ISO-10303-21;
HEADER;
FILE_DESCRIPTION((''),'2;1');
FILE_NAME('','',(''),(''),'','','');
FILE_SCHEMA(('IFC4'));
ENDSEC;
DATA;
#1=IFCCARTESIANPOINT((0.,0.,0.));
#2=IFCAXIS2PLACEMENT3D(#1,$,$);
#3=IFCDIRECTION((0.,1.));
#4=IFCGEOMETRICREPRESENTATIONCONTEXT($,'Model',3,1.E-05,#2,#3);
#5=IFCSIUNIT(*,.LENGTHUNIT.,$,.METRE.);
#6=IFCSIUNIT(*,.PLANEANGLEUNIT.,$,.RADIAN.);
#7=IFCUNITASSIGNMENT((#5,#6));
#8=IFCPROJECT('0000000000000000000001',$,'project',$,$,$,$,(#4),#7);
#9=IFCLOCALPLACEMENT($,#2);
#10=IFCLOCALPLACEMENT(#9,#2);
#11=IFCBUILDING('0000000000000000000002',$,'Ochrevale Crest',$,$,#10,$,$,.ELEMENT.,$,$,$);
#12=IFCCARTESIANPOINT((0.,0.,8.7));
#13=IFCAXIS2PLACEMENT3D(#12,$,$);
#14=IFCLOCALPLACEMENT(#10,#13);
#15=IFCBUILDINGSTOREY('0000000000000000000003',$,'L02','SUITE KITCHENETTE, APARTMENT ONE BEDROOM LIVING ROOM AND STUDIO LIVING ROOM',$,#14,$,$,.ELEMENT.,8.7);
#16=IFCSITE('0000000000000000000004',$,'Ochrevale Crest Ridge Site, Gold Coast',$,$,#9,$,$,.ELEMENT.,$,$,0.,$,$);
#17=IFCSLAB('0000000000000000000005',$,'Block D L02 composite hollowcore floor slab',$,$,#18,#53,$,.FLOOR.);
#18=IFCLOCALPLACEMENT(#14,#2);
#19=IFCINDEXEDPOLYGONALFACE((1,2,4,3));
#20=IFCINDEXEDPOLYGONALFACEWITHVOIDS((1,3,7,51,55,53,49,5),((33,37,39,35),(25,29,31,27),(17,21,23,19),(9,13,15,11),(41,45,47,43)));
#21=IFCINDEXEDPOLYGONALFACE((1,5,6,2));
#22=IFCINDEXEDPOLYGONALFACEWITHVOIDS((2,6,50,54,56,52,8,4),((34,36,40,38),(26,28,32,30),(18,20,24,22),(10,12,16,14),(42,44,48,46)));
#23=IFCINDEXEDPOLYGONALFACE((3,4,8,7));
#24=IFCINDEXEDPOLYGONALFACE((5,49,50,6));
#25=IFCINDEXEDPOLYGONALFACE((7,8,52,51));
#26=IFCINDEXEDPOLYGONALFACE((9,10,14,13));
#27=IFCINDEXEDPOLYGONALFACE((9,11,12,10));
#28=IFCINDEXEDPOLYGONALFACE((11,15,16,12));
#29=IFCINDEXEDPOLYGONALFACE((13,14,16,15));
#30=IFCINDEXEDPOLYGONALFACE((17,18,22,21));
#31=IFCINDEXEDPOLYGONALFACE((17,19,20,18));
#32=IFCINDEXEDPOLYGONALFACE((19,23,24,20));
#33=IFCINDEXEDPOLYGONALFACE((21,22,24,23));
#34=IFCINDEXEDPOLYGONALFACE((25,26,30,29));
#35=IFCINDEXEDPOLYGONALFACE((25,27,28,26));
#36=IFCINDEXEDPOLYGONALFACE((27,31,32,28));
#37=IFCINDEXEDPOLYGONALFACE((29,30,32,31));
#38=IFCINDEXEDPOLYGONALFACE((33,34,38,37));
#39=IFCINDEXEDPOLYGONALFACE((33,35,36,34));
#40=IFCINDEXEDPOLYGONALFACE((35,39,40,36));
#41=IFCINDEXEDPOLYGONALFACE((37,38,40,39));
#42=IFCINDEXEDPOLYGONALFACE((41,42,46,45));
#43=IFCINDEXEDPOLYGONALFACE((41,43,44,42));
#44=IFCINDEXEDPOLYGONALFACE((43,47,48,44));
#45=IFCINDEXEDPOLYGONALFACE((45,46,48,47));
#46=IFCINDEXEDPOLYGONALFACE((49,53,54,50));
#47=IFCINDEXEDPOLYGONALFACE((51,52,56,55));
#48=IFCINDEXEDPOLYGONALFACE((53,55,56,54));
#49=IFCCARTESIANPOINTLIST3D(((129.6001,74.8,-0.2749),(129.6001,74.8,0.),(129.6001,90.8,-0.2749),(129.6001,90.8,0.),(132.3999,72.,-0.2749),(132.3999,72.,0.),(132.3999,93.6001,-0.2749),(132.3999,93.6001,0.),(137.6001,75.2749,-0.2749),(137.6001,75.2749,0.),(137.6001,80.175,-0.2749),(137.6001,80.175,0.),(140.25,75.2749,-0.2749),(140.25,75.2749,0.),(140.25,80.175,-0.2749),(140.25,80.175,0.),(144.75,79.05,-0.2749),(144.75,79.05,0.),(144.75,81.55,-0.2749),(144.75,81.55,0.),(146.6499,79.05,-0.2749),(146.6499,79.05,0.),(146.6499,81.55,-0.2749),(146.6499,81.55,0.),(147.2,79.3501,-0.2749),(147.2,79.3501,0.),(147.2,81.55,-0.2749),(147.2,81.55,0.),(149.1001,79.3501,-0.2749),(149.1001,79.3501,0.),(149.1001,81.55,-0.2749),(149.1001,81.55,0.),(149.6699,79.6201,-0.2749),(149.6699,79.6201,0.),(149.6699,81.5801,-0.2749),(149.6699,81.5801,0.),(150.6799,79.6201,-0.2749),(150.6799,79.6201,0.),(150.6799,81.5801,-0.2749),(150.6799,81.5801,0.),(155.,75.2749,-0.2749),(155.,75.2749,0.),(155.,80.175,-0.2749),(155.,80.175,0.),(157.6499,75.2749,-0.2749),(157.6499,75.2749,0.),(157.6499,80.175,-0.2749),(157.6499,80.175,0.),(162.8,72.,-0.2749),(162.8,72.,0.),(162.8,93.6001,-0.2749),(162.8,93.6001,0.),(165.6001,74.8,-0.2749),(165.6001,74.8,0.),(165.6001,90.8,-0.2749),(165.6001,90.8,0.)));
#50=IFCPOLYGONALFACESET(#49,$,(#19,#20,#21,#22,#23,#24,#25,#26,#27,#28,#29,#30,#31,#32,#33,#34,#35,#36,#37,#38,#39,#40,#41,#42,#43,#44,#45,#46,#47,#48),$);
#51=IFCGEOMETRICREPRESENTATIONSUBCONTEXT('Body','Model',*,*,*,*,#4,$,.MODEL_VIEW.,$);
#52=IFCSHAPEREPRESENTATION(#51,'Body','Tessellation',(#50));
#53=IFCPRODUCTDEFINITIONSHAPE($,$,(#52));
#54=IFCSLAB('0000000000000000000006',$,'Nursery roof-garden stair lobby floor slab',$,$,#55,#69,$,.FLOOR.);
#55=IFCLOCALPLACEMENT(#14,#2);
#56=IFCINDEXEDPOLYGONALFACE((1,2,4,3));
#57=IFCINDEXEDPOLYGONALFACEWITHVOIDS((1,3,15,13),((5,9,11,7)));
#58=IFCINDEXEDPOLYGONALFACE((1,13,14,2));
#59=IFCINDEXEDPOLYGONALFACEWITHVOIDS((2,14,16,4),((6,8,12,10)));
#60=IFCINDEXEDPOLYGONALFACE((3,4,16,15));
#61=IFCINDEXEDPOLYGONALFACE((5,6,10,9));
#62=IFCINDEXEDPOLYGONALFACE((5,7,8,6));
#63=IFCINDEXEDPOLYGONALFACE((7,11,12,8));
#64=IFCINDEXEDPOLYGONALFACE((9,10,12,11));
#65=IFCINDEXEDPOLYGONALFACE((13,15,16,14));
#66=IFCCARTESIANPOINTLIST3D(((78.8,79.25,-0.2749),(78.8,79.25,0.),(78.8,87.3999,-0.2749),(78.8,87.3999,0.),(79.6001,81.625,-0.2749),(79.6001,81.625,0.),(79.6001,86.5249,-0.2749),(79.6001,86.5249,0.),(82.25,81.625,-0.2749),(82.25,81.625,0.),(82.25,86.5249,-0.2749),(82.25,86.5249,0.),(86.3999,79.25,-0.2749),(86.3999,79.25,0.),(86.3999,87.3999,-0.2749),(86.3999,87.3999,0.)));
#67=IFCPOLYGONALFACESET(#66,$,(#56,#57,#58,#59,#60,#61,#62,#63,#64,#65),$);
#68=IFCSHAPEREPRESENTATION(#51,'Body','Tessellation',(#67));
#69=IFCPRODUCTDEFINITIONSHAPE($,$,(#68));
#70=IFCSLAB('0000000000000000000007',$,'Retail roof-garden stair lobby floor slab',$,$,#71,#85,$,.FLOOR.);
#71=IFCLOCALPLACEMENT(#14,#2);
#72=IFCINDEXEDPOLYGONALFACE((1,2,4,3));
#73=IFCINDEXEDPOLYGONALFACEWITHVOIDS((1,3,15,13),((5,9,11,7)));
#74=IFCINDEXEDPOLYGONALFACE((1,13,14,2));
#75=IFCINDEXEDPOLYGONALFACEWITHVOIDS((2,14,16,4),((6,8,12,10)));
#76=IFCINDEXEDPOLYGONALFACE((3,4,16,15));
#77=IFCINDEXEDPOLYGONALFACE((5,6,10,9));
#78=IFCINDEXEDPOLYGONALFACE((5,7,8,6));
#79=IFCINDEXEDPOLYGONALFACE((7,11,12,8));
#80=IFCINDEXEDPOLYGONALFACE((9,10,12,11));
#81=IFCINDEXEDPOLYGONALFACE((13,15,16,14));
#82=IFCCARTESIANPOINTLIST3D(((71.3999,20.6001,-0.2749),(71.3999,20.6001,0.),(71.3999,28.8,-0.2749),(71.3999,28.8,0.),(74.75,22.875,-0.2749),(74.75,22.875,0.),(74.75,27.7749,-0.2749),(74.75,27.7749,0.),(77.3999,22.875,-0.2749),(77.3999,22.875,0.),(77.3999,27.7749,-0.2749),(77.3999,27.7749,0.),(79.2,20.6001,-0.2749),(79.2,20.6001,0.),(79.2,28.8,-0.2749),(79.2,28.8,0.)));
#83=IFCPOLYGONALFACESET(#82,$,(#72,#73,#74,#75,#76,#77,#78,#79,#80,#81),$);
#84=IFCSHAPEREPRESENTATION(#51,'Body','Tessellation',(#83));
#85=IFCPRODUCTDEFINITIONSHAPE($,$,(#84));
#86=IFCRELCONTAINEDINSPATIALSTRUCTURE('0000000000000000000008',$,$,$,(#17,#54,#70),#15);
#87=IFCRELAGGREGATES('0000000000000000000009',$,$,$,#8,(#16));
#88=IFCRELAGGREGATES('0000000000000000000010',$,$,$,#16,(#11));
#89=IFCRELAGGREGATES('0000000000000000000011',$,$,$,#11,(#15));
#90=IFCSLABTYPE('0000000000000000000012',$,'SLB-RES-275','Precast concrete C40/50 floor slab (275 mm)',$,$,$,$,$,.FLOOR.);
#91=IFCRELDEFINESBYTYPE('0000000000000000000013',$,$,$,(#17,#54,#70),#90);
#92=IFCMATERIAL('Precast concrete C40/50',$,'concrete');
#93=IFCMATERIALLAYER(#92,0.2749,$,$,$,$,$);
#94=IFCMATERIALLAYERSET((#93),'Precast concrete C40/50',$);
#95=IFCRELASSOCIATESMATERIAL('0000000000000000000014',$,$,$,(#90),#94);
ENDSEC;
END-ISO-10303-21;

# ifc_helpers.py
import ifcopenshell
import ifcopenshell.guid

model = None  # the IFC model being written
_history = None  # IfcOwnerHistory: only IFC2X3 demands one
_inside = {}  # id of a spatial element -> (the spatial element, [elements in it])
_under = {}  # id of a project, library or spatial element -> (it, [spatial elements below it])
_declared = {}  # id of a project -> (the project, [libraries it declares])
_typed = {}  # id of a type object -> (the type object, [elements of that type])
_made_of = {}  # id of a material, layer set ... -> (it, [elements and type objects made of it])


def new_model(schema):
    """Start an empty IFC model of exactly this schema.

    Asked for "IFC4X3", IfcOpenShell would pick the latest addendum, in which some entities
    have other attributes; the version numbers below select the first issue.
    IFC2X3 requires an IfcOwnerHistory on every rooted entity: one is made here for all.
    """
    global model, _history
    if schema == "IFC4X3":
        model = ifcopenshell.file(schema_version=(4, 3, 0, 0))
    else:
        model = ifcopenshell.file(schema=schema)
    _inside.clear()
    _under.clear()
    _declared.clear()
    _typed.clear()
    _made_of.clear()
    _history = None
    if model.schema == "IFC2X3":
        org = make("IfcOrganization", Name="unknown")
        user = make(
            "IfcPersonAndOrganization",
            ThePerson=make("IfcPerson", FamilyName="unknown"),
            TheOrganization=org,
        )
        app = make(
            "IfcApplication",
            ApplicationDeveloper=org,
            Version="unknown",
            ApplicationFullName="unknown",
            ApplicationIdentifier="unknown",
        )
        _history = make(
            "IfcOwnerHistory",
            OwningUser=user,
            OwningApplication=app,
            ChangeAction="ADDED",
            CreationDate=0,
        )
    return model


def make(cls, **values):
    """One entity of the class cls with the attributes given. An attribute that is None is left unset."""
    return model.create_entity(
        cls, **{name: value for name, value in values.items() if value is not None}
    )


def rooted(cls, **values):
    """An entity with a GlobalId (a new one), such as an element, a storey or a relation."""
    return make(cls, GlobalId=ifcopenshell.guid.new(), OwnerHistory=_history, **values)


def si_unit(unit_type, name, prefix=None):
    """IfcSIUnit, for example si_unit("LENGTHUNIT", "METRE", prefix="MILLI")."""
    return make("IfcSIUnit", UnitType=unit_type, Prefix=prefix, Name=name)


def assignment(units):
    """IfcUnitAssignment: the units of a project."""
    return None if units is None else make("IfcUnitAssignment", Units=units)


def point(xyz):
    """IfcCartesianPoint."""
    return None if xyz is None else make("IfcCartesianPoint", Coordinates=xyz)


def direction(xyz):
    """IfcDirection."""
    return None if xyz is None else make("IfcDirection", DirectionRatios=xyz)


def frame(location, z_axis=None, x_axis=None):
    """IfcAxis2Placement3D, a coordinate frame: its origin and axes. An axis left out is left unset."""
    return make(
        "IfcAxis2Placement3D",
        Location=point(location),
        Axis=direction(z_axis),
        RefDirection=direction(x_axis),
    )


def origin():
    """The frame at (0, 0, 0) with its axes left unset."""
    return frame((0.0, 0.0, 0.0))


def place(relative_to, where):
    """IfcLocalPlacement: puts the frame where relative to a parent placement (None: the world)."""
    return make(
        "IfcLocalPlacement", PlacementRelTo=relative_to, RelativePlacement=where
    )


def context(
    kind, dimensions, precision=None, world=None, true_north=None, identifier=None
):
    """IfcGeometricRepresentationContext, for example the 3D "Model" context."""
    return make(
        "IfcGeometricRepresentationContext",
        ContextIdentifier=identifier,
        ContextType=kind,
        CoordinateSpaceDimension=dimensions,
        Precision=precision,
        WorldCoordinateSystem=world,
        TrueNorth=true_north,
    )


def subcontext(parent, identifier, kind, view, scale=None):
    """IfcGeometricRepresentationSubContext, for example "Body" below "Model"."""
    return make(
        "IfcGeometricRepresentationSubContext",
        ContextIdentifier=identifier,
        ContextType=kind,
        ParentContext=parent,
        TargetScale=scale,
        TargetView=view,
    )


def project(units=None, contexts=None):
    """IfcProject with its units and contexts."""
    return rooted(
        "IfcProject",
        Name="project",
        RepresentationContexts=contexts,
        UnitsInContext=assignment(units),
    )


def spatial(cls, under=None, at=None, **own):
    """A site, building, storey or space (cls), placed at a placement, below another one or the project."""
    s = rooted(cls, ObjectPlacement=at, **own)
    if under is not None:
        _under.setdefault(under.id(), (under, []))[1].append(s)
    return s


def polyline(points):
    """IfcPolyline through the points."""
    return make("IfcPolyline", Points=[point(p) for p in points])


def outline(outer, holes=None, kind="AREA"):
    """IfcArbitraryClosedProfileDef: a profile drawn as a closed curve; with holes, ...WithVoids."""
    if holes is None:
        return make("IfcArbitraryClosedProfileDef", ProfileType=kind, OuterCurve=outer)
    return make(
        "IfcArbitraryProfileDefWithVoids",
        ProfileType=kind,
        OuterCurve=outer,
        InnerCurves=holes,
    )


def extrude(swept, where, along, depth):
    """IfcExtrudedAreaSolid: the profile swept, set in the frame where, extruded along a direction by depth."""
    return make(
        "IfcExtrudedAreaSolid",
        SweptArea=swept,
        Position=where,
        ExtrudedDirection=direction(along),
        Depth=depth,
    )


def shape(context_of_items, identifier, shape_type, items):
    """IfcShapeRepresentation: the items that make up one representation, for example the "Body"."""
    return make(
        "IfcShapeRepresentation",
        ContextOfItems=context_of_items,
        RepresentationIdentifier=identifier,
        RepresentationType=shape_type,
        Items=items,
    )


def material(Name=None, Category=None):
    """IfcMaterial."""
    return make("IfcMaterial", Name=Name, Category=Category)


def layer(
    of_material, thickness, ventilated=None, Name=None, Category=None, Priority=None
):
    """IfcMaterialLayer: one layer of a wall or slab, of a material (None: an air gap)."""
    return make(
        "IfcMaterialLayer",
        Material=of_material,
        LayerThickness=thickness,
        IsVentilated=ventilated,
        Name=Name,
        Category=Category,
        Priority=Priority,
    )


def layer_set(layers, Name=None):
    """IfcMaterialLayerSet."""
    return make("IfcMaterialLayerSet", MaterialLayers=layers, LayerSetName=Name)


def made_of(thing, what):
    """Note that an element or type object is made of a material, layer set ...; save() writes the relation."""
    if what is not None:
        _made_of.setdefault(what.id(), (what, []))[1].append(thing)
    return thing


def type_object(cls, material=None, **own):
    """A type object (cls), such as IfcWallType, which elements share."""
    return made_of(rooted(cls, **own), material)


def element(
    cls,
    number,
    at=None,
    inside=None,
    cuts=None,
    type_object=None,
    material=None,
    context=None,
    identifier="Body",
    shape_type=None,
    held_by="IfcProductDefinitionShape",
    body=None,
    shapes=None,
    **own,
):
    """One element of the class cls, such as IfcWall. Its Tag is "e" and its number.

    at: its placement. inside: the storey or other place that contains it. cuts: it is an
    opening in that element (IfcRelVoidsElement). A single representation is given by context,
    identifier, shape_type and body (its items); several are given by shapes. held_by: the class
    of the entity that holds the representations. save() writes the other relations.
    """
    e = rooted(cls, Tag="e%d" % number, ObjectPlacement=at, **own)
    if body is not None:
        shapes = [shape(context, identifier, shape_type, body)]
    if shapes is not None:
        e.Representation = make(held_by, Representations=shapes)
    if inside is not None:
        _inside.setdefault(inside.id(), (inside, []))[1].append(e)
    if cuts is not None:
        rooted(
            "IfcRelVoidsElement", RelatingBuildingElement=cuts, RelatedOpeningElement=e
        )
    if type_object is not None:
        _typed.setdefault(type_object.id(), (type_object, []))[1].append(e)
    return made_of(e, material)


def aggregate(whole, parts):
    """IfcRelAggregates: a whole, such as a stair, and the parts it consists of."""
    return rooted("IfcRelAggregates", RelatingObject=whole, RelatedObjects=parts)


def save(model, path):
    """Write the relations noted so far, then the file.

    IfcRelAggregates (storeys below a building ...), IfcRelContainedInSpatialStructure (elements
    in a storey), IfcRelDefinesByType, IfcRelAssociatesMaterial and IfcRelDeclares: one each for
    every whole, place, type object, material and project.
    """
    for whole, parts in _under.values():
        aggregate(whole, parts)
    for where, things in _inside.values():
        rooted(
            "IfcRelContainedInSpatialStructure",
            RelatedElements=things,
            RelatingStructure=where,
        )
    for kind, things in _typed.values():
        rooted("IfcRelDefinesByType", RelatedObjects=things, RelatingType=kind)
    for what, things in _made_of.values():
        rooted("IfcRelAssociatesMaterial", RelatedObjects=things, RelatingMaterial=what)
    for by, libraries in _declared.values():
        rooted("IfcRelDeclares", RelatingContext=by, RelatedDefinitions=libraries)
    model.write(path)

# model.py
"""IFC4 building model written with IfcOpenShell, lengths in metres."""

from ifc_helpers import new_model, si_unit, direction, frame, origin, place, context, subcontext, project, spatial, polyline, outline, extrude, material, layer, layer_set, type_object, element, save


model = new_model("IFC4")

# Units and contexts
model_context = context("Model", 3, precision=1e-05, world=origin(), true_north=direction((0.0, 1.0)))
body_context = subcontext(model_context, "Body", "Model", "MODEL_VIEW")
ifc_project = project(units=[si_unit("LENGTHUNIT", "METRE"), si_unit("PLANEANGLEUNIT", "RADIAN")], contexts=[model_context])

# Site, building, storey
site_placement = place(None, origin())
site = spatial("IfcSite", under=ifc_project, at=site_placement, Name="Ochrevale Crest Ridge Site, Gold Coast", CompositionType="ELEMENT", RefElevation=0.0)
building_placement = place(site_placement, origin())
building = spatial("IfcBuilding", under=site, at=building_placement, Name="Ochrevale Crest", CompositionType="ELEMENT")
storey_placement = place(building_placement, frame((0.0, 0.0, 8.7)))
storey = spatial("IfcBuildingStorey", under=building, at=storey_placement, Name="L02", Description="SUITE KITCHENETTE, APARTMENT ONE BEDROOM LIVING ROOM AND STUDIO LIVING ROOM", CompositionType="ELEMENT", Elevation=8.7)

# Slabs
ifc_material_1 = material(Name="Precast concrete C40/50", Category="concrete")
ifc_layer_1 = layer(ifc_material_1, 0.2749)
ifc_layer_set_1 = layer_set([ifc_layer_1], Name="Precast concrete C40/50")
slab_type_1 = type_object("IfcSlabType", Name="SLB-RES-275", Description="Precast concrete C40/50 floor slab (275 mm)", PredefinedType="FLOOR", material=ifc_layer_set_1)
slab_1_placement = place(storey_placement, frame((0.0, 0.0, -0.2749)))
element("IfcSlab", 1, at=slab_1_placement, inside=storey, type_object=slab_type_1, Name="Block D L02 composite hollowcore floor slab", PredefinedType="FLOOR", context=body_context, shape_type="SweptSolid", body=[
    extrude(outline(polyline([(132.3999, 72.0), (162.8, 72.0), (165.6001, 74.8), (165.6001, 90.8), (162.8, 93.6001), (132.3999, 93.6001), (129.6001, 90.8), (129.6001, 74.8), (132.3999, 72.0)]), holes=[polyline([(137.6001, 80.175), (137.6001, 75.2749), (140.25, 75.2749), (140.25, 80.175), (137.6001, 80.175)]), polyline([(155.0, 80.175), (155.0, 75.2749), (157.6499, 75.2749), (157.6499, 80.175), (155.0, 80.175)]), polyline([(144.75, 79.05), (146.6499, 79.05), (146.6499, 81.55), (144.75, 81.55), (144.75, 79.05)]), polyline([(147.2, 79.3501), (149.1001, 79.3501), (149.1001, 81.55), (147.2, 81.55), (147.2, 79.3501)]), polyline([(149.6699, 79.6201), (150.6799, 79.6201), (150.6799, 81.5801), (149.6699, 81.5801), (149.6699, 79.6201)])]), origin(), (0.0, 0.0, 1.0), 0.2749),
])
slab_2_placement = place(storey_placement, frame((0.0, 0.0, -0.2749)))
element("IfcSlab", 2, at=slab_2_placement, inside=storey, type_object=slab_type_1, Name="Nursery roof-garden stair lobby floor slab", PredefinedType="FLOOR", context=body_context, shape_type="SweptSolid", body=[
    extrude(outline(polyline([(78.8, 79.25), (86.3999, 79.25), (86.3999, 87.3999), (78.8, 87.3999), (78.8, 79.25)]), holes=[polyline([(82.25, 81.625), (82.25, 86.5249), (79.6001, 86.5249), (79.6001, 81.625), (82.25, 81.625)])]), origin(), (0.0, 0.0, 1.0), 0.2749),
])
slab_3_placement = place(storey_placement, frame((0.0, 0.0, -0.2749)))
element("IfcSlab", 3, at=slab_3_placement, inside=storey, type_object=slab_type_1, Name="Retail roof-garden stair lobby floor slab", PredefinedType="FLOOR", context=body_context, shape_type="SweptSolid", body=[
    extrude(outline(polyline([(71.3999, 20.6001), (79.2, 20.6001), (79.2, 28.8), (71.3999, 28.8), (71.3999, 20.6001)]), holes=[polyline([(77.3999, 22.875), (77.3999, 27.7749), (74.75, 27.7749), (74.75, 22.875), (77.3999, 22.875)])]), origin(), (0.0, 0.0, 1.0), 0.2749),
])

save(model, "model.ifc")
